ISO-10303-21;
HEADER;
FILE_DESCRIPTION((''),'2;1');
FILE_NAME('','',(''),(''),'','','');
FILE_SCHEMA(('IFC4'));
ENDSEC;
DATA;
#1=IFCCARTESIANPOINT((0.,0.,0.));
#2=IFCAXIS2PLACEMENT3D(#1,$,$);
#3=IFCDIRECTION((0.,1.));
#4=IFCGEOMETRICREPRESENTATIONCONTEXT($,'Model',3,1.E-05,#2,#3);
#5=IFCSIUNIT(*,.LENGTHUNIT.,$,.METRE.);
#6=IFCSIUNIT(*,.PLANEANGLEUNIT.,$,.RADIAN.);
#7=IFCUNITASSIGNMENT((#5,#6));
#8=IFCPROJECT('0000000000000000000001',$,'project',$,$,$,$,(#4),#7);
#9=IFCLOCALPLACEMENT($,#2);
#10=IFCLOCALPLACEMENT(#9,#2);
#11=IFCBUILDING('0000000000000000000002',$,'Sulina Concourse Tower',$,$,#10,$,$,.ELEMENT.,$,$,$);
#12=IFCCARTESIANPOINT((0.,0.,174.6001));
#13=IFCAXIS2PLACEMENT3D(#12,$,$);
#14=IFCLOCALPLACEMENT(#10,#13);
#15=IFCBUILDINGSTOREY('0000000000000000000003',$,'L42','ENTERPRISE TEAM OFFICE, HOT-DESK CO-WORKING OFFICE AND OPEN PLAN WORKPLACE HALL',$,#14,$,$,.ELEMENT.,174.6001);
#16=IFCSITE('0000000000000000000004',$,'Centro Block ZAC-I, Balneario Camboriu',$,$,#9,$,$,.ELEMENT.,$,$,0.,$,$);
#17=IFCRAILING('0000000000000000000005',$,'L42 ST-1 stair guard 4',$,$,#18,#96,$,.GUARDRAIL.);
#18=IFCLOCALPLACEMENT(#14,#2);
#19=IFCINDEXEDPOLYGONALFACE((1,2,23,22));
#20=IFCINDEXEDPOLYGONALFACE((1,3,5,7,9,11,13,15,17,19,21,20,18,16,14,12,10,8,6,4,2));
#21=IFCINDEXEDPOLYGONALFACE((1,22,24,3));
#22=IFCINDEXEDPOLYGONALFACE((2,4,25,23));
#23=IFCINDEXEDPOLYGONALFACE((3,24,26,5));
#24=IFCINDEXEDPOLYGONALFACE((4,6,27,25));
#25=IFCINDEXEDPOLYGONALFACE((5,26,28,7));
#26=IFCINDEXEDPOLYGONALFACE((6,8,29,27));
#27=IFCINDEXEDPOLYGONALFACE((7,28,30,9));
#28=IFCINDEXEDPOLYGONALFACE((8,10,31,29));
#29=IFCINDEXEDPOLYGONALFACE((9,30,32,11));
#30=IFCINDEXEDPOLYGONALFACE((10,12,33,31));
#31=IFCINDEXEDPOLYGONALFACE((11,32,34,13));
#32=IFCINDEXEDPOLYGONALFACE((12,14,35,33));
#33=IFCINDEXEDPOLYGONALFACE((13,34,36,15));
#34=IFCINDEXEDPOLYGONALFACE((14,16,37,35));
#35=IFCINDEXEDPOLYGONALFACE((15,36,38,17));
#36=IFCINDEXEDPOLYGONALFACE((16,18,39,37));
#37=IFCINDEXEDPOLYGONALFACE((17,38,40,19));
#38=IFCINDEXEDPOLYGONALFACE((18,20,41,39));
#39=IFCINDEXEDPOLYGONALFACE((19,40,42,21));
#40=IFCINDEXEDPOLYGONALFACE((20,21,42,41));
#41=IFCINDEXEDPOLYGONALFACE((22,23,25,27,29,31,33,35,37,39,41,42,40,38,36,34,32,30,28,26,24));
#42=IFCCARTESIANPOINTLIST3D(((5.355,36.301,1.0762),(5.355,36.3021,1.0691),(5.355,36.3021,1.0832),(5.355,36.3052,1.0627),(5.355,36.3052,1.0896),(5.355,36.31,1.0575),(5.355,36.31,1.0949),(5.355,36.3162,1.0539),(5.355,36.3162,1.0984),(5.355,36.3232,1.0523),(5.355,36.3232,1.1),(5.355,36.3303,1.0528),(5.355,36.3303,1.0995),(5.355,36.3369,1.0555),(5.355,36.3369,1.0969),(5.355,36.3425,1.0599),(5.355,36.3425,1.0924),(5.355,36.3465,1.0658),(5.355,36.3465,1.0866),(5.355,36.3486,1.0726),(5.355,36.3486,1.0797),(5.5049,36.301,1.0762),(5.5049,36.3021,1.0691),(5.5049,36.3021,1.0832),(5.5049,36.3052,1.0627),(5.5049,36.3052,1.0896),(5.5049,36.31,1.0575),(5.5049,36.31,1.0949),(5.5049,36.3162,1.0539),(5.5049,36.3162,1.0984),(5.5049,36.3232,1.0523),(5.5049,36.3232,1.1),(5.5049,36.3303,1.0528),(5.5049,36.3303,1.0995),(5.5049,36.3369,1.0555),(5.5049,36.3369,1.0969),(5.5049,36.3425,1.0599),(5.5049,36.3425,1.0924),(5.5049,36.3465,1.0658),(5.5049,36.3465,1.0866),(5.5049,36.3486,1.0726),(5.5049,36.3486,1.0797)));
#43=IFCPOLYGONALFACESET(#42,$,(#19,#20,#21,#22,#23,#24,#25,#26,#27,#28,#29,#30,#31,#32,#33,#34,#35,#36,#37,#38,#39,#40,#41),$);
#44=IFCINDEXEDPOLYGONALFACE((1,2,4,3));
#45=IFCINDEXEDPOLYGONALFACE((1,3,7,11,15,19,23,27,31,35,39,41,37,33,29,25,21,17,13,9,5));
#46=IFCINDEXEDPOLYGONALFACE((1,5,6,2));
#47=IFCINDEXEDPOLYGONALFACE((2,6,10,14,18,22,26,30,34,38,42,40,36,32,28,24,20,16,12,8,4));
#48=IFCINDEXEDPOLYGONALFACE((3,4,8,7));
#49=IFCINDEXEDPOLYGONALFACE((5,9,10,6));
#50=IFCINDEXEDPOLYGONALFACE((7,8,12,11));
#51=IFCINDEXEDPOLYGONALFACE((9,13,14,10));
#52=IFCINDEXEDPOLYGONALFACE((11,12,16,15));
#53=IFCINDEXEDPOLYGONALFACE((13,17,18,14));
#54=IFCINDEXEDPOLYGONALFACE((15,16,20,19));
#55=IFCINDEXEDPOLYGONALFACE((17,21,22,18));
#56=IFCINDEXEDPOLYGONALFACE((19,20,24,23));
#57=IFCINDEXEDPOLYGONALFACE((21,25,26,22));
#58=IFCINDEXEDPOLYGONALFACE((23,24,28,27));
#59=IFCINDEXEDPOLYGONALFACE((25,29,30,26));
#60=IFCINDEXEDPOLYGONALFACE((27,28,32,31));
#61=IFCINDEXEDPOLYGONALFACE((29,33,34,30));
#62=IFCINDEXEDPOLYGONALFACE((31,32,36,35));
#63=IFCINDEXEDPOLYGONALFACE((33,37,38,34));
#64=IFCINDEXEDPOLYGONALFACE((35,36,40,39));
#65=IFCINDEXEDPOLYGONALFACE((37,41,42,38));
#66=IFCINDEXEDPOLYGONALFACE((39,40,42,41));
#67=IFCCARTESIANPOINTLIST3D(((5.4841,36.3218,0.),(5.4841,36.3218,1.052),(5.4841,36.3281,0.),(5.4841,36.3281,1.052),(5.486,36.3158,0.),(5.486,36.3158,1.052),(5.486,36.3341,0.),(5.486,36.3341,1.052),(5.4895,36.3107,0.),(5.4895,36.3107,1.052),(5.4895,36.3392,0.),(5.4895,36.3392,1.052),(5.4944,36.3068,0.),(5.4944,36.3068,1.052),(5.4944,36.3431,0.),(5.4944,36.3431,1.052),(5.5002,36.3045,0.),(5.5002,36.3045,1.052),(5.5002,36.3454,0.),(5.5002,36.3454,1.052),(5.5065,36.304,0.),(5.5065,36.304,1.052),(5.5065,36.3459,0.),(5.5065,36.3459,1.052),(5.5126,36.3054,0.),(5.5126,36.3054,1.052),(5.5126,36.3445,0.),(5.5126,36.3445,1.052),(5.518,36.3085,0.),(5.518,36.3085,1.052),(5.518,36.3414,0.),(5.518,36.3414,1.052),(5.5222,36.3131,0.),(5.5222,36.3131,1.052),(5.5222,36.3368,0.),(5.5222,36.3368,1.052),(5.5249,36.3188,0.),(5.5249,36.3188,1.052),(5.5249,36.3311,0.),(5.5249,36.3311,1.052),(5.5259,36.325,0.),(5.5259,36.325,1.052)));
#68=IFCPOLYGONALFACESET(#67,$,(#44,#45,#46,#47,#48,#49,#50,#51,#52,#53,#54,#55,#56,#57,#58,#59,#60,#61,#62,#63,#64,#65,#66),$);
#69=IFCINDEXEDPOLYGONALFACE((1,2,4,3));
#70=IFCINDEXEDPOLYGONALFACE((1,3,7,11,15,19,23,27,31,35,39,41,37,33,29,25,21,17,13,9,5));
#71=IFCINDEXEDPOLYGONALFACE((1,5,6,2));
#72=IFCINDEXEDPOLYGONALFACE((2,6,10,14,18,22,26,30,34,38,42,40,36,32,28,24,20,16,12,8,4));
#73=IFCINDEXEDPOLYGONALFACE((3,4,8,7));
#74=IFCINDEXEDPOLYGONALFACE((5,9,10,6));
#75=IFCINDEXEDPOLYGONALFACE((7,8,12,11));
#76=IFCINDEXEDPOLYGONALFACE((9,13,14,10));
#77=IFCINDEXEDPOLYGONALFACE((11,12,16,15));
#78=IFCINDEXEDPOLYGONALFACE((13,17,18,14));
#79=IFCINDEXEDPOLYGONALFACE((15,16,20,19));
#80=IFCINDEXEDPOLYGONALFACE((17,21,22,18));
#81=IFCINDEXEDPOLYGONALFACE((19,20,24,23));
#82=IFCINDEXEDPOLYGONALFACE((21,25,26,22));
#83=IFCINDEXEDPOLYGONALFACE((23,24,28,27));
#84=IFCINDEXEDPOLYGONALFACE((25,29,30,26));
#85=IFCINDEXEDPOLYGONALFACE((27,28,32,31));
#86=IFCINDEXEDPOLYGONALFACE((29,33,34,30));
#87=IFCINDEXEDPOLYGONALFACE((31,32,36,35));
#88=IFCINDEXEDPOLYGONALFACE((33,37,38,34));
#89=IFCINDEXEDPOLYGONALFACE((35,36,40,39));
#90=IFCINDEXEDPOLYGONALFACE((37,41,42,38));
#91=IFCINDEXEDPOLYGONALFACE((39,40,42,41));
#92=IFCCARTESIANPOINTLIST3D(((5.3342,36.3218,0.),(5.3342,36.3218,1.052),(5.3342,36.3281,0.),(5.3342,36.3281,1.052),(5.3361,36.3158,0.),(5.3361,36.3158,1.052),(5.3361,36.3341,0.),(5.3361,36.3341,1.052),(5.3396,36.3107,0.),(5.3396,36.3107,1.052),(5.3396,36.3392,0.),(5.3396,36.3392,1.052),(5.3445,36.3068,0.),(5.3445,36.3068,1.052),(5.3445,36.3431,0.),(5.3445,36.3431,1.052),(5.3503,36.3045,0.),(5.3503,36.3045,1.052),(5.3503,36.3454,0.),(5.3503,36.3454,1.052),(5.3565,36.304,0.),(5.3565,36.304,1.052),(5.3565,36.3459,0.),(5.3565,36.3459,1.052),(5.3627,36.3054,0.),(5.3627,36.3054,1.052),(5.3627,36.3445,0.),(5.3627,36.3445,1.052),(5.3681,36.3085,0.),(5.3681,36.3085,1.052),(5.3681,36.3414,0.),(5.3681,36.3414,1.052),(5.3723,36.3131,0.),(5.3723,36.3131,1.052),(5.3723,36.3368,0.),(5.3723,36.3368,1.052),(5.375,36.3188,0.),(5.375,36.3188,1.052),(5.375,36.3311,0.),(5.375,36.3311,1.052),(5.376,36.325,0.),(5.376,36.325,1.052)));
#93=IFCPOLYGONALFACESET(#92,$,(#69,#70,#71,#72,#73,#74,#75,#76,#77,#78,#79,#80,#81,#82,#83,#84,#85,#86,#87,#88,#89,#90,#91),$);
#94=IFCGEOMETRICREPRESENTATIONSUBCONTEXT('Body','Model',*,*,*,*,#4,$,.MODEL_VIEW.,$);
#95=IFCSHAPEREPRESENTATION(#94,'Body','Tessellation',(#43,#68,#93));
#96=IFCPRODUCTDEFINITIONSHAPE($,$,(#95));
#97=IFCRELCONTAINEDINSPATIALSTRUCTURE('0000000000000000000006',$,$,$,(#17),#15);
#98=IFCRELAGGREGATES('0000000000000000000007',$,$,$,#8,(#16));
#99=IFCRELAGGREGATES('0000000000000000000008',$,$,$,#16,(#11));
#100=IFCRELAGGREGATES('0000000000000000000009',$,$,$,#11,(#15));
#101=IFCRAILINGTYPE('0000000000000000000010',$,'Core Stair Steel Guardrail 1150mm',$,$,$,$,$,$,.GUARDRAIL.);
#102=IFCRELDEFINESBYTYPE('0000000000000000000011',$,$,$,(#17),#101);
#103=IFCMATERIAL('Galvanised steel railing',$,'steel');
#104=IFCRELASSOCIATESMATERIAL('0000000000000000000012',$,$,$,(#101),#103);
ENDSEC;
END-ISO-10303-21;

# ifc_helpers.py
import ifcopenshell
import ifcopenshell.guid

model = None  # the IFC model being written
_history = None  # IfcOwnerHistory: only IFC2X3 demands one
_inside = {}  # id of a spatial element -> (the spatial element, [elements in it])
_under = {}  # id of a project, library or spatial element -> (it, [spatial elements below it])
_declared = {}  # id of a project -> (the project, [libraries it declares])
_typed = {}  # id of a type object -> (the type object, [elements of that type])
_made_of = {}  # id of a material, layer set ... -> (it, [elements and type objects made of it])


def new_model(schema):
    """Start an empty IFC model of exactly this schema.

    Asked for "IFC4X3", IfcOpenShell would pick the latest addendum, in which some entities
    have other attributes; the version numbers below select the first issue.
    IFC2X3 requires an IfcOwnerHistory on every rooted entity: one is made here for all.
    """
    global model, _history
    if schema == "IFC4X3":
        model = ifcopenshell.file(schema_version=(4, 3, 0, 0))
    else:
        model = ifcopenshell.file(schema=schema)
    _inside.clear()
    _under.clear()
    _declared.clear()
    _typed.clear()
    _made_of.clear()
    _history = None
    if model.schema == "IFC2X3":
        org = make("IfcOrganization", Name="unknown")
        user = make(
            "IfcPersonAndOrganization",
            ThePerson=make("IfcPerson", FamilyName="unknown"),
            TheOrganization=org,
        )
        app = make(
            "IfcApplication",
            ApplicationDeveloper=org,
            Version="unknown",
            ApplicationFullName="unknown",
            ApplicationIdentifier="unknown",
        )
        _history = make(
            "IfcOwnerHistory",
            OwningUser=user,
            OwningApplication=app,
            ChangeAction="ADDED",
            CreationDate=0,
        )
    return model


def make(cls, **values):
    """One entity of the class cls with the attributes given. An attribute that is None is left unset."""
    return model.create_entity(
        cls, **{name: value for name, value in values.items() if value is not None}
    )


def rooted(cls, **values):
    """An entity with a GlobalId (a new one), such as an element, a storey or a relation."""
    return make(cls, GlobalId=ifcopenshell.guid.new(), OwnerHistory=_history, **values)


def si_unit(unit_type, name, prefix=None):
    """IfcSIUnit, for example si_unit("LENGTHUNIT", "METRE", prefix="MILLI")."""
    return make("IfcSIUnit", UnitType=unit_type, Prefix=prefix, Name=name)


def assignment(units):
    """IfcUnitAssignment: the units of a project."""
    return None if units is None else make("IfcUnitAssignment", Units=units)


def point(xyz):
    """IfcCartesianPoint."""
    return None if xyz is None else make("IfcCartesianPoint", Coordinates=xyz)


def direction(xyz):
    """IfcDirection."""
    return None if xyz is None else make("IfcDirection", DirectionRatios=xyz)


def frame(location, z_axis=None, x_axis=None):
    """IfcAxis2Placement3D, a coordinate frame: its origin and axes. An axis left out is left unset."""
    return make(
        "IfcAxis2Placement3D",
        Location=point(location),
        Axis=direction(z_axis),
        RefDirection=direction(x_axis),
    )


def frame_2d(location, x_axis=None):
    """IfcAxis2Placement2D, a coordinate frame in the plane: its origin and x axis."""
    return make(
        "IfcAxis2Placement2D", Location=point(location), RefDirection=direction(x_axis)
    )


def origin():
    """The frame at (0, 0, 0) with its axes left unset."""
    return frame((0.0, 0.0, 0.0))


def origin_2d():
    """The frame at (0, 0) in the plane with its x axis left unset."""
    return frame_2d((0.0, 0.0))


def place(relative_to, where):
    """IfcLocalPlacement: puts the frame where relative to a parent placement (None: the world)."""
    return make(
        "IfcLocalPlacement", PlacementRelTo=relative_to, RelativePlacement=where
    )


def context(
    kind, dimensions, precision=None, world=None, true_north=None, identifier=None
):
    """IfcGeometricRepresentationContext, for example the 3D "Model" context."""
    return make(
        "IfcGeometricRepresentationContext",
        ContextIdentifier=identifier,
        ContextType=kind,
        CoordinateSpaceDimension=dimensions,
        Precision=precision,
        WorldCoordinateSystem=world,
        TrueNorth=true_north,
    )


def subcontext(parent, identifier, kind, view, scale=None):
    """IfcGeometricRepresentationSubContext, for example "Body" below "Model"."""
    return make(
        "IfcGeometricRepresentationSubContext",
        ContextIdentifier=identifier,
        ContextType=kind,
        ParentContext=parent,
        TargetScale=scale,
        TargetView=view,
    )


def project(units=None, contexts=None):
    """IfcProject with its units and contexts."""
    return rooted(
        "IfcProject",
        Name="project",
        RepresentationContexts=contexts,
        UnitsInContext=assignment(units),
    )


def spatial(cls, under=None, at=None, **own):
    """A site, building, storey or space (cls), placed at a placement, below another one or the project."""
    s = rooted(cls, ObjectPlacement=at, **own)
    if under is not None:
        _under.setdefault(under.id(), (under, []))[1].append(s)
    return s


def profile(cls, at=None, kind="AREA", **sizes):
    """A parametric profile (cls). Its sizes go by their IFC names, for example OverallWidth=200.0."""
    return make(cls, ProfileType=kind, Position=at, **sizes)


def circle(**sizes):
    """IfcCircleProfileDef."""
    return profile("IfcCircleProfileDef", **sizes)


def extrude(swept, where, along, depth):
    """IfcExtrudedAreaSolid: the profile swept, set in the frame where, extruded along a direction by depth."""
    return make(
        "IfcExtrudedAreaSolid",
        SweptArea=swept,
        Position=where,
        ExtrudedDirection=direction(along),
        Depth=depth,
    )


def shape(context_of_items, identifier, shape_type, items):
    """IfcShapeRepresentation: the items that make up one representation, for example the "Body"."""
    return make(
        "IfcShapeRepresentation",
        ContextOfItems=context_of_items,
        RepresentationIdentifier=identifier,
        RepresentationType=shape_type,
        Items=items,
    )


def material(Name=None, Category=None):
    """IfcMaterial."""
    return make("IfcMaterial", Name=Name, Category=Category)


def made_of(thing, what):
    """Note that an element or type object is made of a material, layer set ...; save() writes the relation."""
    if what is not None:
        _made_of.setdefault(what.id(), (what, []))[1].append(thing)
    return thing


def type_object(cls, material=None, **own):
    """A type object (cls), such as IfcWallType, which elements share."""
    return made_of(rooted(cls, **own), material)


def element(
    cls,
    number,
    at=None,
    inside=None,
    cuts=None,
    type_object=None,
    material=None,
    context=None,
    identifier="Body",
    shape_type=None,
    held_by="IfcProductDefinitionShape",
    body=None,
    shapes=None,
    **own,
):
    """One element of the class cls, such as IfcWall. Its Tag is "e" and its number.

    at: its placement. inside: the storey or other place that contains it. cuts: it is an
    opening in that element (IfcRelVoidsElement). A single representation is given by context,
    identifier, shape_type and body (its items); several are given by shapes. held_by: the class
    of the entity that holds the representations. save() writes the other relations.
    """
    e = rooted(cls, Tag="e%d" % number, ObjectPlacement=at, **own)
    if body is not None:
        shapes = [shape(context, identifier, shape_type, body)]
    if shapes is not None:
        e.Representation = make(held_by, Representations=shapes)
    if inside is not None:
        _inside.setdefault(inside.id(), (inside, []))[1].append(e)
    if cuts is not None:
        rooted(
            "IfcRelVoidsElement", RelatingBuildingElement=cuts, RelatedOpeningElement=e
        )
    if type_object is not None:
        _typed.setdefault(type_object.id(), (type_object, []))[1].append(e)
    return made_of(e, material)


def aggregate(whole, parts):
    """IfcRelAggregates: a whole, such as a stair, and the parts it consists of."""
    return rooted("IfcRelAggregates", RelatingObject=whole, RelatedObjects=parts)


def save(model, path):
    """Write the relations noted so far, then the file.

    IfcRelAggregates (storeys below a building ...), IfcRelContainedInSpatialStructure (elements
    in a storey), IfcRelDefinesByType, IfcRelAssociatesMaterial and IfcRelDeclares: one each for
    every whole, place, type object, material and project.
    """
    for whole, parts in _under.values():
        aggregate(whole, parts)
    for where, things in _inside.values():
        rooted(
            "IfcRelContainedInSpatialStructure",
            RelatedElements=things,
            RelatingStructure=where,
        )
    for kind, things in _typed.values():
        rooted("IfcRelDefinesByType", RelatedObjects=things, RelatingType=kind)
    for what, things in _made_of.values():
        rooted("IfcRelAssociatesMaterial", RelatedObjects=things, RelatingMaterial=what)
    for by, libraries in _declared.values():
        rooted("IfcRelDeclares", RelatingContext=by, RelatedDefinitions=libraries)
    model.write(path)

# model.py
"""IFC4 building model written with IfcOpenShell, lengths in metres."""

from ifc_helpers import new_model, si_unit, direction, frame, origin, origin_2d, place, context, subcontext, project, spatial, circle, extrude, material, type_object, element, save


model = new_model("IFC4")

# Units and contexts
model_context = context("Model", 3, precision=1e-05, world=origin(), true_north=direction((0.0, 1.0)))
body_context = subcontext(model_context, "Body", "Model", "MODEL_VIEW")
ifc_project = project(units=[si_unit("LENGTHUNIT", "METRE"), si_unit("PLANEANGLEUNIT", "RADIAN")], contexts=[model_context])

# Site, building, storey
site_placement = place(None, origin())
site = spatial("IfcSite", under=ifc_project, at=site_placement, Name="Centro Block ZAC-I, Balneario Camboriu", CompositionType="ELEMENT", RefElevation=0.0)
building_placement = place(site_placement, origin())
building = spatial("IfcBuilding", under=site, at=building_placement, Name="Sulina Concourse Tower", CompositionType="ELEMENT")
storey_placement = place(building_placement, frame((0.0, 0.0, 174.6001)))
storey = spatial("IfcBuildingStorey", under=building, at=storey_placement, Name="L42", Description="ENTERPRISE TEAM OFFICE, HOT-DESK CO-WORKING OFFICE AND OPEN PLAN WORKPLACE HALL", CompositionType="ELEMENT", Elevation=174.6001)

# Railing
ifc_material_1 = material(Name="Galvanised steel railing", Category="steel")
railing_type_1 = type_object("IfcRailingType", Name="Core Stair Steel Guardrail 1150mm", PredefinedType="GUARDRAIL", material=ifc_material_1)
railing_1_placement = place(storey_placement, frame((5.5049, 36.325, 0.0)))
element("IfcRailing", 1, at=railing_1_placement, inside=storey, type_object=railing_type_1, Name="L42 ST-1 stair guard 4", PredefinedType="GUARDRAIL", context=body_context, shape_type="SweptSolid", body=[
    extrude(circle(Radius=0.0239, at=origin_2d()), frame((0.0, 0.0, 1.0762), z_axis=(-1.0, 0.0, 0.0), x_axis=(0.0, -1.0, 0.0)), (0.0, 0.0, 1.0), 0.1499),
    extrude(circle(Radius=0.021, at=origin_2d()), origin(), (0.0, 0.0, 1.0), 1.052),
    extrude(circle(Radius=0.021, at=origin_2d()), frame((-0.1499, 0.0, 0.0)), (0.0, 0.0, 1.0), 1.052),
])

save(model, "model.ifc")
